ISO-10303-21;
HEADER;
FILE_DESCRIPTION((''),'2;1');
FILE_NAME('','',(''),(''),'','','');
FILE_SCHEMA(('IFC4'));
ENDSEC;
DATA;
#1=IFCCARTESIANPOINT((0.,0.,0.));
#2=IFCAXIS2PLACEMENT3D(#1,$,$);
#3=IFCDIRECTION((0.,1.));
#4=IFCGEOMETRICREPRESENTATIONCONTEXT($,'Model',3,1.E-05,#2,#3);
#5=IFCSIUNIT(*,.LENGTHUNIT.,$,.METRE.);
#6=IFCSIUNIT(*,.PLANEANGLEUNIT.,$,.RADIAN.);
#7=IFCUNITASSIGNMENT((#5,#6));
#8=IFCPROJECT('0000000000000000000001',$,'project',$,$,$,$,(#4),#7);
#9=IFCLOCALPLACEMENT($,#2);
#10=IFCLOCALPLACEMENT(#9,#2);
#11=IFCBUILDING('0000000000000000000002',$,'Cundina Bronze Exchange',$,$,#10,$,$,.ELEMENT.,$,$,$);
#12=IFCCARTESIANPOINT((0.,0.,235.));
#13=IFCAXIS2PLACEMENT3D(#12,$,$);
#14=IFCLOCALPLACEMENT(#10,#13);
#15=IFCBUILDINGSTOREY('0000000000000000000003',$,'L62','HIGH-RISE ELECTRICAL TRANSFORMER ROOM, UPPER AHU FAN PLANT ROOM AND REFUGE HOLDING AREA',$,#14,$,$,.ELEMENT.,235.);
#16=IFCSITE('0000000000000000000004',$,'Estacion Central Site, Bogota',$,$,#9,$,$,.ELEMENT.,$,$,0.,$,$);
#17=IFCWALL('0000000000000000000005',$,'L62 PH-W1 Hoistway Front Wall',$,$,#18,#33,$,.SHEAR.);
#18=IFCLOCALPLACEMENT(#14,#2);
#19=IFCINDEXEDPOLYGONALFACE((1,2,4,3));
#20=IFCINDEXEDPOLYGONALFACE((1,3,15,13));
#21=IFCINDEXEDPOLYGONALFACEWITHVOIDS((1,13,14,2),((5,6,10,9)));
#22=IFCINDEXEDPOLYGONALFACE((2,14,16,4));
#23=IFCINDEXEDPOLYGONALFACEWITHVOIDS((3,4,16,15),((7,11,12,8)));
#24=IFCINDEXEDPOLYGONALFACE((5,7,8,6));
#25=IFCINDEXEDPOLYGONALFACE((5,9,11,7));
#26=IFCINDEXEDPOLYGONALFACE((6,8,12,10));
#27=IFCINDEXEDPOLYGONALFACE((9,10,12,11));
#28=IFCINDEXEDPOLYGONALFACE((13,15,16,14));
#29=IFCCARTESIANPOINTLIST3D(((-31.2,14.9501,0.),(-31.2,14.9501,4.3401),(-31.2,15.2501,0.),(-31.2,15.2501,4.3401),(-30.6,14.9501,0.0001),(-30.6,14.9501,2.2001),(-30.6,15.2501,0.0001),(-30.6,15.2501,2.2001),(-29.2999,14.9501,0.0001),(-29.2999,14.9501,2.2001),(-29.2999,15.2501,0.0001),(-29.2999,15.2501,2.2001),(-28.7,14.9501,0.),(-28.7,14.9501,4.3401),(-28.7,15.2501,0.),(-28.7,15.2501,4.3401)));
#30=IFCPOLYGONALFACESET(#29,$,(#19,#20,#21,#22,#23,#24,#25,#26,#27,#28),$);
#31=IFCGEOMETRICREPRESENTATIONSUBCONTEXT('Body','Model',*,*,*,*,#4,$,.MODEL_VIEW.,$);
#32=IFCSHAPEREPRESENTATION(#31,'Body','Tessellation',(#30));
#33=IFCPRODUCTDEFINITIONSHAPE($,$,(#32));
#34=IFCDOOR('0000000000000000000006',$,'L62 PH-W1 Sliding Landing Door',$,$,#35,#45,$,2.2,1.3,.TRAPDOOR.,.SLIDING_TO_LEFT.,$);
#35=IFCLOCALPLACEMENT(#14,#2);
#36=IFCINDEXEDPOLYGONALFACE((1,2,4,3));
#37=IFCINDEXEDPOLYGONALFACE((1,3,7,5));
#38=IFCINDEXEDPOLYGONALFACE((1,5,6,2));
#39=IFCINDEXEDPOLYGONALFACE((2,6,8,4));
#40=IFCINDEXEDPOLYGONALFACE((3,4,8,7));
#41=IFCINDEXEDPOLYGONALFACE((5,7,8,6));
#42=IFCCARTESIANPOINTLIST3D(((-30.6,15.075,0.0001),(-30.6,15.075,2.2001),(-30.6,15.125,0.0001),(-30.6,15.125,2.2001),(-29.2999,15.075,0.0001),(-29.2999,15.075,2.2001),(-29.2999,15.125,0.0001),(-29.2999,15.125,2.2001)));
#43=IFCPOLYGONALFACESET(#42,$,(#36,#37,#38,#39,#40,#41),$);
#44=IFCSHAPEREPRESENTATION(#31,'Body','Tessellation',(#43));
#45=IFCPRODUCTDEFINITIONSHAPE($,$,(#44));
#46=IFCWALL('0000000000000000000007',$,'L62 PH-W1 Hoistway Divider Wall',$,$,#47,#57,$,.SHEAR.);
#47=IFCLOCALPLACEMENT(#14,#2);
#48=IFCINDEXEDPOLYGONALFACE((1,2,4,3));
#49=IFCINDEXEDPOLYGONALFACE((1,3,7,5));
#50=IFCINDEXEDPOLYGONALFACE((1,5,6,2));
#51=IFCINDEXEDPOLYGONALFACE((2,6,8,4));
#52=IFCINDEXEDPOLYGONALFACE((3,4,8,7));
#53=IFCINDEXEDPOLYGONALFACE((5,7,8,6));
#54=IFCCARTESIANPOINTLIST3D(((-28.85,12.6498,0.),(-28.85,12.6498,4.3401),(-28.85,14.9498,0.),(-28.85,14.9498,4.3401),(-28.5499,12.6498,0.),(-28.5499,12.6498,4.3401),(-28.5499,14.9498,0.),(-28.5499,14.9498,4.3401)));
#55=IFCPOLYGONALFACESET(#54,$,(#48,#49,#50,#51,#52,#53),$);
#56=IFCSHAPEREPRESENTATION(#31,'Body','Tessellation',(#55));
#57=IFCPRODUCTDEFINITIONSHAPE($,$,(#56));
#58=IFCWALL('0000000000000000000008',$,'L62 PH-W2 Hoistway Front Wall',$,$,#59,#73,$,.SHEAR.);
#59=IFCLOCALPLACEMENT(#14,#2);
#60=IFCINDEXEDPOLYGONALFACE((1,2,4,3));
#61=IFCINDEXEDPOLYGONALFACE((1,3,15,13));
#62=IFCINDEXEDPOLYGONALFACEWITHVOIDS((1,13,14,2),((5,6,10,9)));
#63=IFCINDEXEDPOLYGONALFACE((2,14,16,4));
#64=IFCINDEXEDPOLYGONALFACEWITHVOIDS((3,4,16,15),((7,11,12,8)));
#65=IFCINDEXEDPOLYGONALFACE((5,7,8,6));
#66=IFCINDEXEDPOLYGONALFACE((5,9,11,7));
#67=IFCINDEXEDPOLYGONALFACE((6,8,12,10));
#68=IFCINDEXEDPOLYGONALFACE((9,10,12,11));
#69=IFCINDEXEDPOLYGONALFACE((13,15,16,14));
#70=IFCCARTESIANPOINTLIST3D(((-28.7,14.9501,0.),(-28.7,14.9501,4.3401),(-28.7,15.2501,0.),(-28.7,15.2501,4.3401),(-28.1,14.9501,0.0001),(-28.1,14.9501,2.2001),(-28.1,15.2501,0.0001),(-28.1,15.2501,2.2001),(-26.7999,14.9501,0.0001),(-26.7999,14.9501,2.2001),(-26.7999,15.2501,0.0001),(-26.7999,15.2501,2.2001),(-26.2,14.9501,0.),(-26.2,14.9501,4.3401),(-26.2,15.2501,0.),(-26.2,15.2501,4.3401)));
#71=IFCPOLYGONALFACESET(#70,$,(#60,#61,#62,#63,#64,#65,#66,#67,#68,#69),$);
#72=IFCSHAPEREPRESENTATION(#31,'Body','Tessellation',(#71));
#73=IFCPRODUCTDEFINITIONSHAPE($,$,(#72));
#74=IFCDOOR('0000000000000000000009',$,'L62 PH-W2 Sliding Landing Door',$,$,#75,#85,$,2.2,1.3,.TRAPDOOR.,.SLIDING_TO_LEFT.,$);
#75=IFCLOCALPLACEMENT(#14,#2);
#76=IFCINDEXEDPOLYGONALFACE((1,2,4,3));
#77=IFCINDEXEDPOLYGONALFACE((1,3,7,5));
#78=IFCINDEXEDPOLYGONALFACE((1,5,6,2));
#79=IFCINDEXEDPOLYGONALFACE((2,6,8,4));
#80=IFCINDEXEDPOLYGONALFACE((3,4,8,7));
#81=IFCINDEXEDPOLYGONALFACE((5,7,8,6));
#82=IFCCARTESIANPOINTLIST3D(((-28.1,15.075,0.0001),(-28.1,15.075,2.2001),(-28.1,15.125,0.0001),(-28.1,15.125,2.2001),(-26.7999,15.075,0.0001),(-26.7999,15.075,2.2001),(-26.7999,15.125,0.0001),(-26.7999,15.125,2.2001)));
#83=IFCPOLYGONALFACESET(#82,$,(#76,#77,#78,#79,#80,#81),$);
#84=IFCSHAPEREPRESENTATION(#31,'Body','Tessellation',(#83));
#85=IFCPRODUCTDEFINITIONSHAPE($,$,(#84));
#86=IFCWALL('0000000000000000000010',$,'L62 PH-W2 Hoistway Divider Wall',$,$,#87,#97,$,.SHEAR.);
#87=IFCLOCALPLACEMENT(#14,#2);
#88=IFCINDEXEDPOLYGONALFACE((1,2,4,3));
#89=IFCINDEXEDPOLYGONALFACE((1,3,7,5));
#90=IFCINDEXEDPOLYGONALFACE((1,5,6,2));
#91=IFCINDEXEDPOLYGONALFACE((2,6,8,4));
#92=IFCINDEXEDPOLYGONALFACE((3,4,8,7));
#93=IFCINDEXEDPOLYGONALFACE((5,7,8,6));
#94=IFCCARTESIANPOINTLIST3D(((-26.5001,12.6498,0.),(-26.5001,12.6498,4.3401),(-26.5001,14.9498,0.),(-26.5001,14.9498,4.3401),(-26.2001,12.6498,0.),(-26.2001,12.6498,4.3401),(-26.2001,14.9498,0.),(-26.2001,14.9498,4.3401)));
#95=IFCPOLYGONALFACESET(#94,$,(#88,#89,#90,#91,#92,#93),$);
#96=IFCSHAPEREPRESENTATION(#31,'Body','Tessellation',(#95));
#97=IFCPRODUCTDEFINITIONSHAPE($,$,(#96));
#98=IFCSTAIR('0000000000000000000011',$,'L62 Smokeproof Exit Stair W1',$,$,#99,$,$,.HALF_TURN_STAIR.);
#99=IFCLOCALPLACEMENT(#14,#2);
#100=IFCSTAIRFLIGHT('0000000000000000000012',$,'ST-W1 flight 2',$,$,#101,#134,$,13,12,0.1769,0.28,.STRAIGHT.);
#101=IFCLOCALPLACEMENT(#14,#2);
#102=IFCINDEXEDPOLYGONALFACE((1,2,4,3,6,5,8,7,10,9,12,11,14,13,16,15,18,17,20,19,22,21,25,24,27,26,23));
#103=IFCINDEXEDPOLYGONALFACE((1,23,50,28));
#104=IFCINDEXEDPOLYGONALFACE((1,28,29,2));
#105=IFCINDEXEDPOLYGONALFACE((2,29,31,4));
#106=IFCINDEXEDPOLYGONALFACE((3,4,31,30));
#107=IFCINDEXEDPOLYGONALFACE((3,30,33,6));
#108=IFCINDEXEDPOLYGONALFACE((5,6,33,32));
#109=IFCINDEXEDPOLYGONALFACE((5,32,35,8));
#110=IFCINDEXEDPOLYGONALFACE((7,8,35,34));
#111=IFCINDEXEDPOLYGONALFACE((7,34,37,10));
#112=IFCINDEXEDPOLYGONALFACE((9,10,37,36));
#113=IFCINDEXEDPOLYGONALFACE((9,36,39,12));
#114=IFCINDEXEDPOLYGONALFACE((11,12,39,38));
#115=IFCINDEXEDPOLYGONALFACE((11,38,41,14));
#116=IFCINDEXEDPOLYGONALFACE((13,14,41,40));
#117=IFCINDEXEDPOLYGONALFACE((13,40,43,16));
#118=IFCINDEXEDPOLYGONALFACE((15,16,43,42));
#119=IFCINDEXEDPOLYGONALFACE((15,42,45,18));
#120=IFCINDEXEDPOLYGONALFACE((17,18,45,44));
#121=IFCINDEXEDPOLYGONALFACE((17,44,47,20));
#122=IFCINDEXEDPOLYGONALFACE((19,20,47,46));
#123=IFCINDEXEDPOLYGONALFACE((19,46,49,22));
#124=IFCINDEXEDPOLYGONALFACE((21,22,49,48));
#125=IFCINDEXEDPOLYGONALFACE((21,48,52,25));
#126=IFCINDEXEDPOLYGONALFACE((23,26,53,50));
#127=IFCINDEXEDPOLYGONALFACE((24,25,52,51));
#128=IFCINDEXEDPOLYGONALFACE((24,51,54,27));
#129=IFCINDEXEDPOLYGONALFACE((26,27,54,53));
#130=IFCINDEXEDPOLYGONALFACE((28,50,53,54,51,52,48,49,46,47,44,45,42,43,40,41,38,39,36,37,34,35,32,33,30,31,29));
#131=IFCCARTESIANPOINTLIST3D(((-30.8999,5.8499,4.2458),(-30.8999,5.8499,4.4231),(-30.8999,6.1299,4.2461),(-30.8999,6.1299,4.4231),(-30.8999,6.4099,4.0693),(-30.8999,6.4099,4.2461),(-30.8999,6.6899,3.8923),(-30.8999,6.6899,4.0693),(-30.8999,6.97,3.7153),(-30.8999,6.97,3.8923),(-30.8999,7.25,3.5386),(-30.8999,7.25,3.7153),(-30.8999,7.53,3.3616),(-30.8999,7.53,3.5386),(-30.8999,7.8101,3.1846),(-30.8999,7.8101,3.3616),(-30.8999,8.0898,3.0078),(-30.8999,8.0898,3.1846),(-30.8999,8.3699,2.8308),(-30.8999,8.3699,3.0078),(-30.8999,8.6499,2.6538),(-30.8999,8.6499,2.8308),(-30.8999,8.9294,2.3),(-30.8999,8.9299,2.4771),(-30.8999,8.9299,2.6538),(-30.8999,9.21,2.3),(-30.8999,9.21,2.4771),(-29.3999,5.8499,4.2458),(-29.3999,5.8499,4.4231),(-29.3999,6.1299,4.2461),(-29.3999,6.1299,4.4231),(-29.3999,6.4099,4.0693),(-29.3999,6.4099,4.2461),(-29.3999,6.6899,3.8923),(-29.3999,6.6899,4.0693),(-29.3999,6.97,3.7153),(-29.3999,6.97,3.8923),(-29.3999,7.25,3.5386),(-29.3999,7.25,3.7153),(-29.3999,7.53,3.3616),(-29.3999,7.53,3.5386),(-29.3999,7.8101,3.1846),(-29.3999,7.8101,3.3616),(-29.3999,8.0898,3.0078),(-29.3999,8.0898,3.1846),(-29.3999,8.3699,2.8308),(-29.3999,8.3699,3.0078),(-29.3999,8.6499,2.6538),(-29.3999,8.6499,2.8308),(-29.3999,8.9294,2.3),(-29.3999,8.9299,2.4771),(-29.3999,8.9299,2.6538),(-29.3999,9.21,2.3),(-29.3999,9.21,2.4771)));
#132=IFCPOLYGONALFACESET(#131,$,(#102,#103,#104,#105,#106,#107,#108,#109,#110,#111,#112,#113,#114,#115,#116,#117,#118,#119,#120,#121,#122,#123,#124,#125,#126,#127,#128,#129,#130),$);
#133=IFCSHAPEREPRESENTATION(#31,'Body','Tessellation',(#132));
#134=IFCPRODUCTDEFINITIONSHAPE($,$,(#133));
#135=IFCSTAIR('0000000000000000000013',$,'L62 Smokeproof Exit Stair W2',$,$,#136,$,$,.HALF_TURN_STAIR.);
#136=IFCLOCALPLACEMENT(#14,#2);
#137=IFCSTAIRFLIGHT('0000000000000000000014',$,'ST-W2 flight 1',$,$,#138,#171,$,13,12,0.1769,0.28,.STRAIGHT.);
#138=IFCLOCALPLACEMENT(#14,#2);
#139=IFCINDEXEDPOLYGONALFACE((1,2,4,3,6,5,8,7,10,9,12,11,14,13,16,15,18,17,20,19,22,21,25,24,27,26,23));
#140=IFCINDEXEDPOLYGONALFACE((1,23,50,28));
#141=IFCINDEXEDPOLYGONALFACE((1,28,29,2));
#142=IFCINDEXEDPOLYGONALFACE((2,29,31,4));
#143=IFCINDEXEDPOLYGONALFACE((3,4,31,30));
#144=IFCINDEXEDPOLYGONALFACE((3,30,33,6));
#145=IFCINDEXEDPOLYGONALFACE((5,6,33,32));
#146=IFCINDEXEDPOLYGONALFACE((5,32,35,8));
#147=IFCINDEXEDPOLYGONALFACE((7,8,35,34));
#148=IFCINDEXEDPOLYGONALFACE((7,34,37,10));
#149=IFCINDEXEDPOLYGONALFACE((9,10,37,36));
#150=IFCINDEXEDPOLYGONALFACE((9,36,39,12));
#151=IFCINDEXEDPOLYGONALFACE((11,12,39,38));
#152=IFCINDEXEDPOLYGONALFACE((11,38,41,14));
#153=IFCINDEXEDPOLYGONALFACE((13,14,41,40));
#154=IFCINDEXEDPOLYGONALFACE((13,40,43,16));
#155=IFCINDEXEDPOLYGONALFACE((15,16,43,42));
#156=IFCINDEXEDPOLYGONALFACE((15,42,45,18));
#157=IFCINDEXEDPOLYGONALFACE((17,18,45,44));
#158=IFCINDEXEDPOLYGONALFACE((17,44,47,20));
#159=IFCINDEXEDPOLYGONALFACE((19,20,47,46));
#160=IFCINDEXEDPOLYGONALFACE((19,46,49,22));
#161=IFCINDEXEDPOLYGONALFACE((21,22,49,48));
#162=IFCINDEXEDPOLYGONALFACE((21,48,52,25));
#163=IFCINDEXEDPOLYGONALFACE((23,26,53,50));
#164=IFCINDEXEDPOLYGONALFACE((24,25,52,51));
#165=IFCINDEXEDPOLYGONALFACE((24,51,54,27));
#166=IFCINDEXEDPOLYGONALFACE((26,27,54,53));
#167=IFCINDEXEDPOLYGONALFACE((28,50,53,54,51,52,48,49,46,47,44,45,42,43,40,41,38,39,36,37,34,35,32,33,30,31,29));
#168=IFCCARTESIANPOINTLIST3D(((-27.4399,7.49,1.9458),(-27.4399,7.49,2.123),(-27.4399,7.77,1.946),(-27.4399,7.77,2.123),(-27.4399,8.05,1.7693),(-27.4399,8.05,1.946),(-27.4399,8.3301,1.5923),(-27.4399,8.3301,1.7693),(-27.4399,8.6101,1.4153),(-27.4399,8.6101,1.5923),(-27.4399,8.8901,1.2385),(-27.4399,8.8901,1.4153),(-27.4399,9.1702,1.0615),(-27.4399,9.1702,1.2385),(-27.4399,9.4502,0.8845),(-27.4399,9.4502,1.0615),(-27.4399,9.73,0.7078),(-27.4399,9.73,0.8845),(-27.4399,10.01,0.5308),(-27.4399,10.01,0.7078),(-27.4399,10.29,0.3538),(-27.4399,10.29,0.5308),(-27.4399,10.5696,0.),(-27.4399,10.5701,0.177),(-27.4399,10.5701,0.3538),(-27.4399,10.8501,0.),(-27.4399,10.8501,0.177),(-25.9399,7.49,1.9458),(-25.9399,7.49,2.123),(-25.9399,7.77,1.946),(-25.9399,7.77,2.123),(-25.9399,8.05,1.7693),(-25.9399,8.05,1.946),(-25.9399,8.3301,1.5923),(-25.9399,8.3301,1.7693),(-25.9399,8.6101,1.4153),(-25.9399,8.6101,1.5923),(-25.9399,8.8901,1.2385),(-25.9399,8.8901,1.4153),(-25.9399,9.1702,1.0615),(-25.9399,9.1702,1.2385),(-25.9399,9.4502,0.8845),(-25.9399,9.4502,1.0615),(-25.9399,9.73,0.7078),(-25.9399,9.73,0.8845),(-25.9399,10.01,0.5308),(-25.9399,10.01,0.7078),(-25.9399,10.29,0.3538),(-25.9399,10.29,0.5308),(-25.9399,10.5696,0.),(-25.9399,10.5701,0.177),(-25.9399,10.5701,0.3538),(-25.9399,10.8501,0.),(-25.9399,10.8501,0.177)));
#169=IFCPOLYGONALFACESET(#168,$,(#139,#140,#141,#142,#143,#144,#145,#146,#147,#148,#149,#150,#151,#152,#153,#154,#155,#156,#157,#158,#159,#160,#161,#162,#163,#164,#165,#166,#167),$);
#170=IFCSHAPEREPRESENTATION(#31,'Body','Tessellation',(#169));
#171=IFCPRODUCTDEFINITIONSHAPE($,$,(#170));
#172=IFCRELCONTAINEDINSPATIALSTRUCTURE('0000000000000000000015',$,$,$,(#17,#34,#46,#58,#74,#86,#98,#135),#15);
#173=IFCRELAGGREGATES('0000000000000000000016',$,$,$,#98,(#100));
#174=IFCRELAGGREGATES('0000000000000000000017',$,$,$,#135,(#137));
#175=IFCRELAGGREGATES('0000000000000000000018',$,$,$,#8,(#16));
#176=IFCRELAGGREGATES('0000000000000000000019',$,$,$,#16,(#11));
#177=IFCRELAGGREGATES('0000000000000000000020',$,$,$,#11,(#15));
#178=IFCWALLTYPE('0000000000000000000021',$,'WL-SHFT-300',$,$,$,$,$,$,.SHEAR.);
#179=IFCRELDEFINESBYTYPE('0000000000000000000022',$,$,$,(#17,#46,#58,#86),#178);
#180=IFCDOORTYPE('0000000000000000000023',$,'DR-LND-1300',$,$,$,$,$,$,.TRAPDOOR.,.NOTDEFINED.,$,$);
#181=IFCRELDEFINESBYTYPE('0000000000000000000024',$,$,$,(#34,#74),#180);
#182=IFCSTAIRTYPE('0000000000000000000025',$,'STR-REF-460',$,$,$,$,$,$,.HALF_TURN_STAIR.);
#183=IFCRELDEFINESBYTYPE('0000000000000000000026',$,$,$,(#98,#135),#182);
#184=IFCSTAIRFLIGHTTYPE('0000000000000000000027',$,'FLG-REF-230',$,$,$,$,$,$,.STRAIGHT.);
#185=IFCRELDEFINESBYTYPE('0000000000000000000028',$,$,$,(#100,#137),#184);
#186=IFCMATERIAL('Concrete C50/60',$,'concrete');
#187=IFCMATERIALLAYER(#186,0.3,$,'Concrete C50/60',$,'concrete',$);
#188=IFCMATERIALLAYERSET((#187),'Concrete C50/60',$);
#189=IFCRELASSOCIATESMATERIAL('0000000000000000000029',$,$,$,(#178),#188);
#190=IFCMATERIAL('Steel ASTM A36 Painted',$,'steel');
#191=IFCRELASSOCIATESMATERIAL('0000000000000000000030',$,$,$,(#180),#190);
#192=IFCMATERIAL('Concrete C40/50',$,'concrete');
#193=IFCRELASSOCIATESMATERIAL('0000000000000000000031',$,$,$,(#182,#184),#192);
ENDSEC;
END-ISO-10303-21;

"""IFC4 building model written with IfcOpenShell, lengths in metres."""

from ifc_helpers import new_model, si_unit, direction, frame, frame_2d, origin, place, context, subcontext, project, spatial, polyline, rectangle, outline, extrude, material, layer, layer_set, type_object, element, fill, aggregate, save


model = new_model("IFC4")

# Units and contexts
model_context = context("Model", 3, precision=1e-05, world=origin(), true_north=direction((0.0, 1.0)))
body_context = subcontext(model_context, "Body", "Model", "MODEL_VIEW")
ifc_project = project(units=[si_unit("LENGTHUNIT", "METRE"), si_unit("PLANEANGLEUNIT", "RADIAN")], contexts=[model_context])

# Site, building, storey
site_placement = place(None, origin())
site = spatial("IfcSite", under=ifc_project, at=site_placement, Name="Estacion Central Site, Bogota", CompositionType="ELEMENT", RefElevation=0.0)
building_placement = place(site_placement, origin())
building = spatial("IfcBuilding", under=site, at=building_placement, Name="Cundina Bronze Exchange", CompositionType="ELEMENT")
storey_placement = place(building_placement, frame((0.0, 0.0, 235.0)))
storey = spatial("IfcBuildingStorey", under=building, at=storey_placement, Name="L62", Description="HIGH-RISE ELECTRICAL TRANSFORMER ROOM, UPPER AHU FAN PLANT ROOM AND REFUGE HOLDING AREA", CompositionType="ELEMENT", Elevation=235.0)

# Shared definitions
ifc_material_1 = material(Name="Concrete C50/60", Category="concrete")

# Shared definitions
ifc_layer_1 = layer(ifc_material_1, 0.3, Name="Concrete C50/60", Category="concrete")
ifc_layer_set_1 = layer_set([ifc_layer_1], Name="Concrete C50/60")
wall_type_1 = type_object("IfcWallType", Name="WL-SHFT-300", PredefinedType="SHEAR", material=ifc_layer_set_1)

# Shared definitions
ifc_material_2 = material(Name="Steel ASTM A36 Painted", Category="steel")

# Wall, opening, door
wall_1_placement = place(storey_placement, frame((-31.2, 15.1001, 0.0), z_axis=(0.0, 0.0, 1.0), x_axis=(1.0, 0.0, 0.0)))
wall_1 = element("IfcWall", 1, at=wall_1_placement, inside=storey, type_object=wall_type_1, Name="L62 PH-W1 Hoistway Front Wall", PredefinedType="SHEAR", context=body_context, shape_type="SweptSolid", body=[
    extrude(rectangle(XDim=2.5, YDim=0.3, at=frame_2d((1.25, 0.0))), origin(), (0.0, 0.0, 1.0), 4.3401),
])
opening_1_placement = place(wall_1_placement, frame((0.6001, 0.0, 0.0)))
opening_1 = element("IfcOpeningElement", 2, at=opening_1_placement, cuts=wall_1, PredefinedType="OPENING", context=body_context, shape_type="SweptSolid", body=[
    extrude(rectangle(XDim=1.3, YDim=2.2, at=frame_2d((0.6499, 1.1001))), frame((0.0, 0.1599, 0.0), z_axis=(0.0, -1.0, 0.0), x_axis=(1.0, 0.0, 0.0)), (0.0, 0.0, 1.0), 0.3201),
])
door_type_1 = type_object("IfcDoorType", Name="DR-LND-1300", OperationType="NOTDEFINED", PredefinedType="TRAPDOOR", material=ifc_material_2)
door_1_placement = place(opening_1_placement, origin())
door_1 = element("IfcDoor", 3, at=door_1_placement, inside=storey, type_object=door_type_1, Name="L62 PH-W1 Sliding Landing Door", OperationType="SLIDING_TO_LEFT", OverallHeight=2.2, OverallWidth=1.3, PredefinedType="TRAPDOOR", context=body_context, shape_type="SweptSolid", body=[
    extrude(rectangle(XDim=1.3, YDim=2.2, at=frame_2d((0.6499, 1.1001))), frame((0.0, 0.0249, 0.0), z_axis=(0.0, -1.0, 0.0), x_axis=(1.0, 0.0, 0.0)), (0.0, 0.0, 1.0), 0.05),
])
fill(opening_1, door_1)

# Wall
wall_2_placement = place(storey_placement, frame((-28.7, 12.6499, 0.0), z_axis=(0.0, 0.0, 1.0), x_axis=(0.0, 1.0, 0.0)))
element("IfcWall", 4, at=wall_2_placement, inside=storey, type_object=wall_type_1, Name="L62 PH-W1 Hoistway Divider Wall", PredefinedType="SHEAR", context=body_context, shape_type="SweptSolid", body=[
    extrude(rectangle(XDim=2.3, YDim=0.3, at=frame_2d((1.1499, 0.0))), origin(), (0.0, 0.0, 1.0), 4.3401),
])

# Wall, opening, door
wall_3_placement = place(storey_placement, frame((-28.7, 15.1001, 0.0), z_axis=(0.0, 0.0, 1.0), x_axis=(1.0, 0.0, 0.0)))
wall_3 = element("IfcWall", 5, at=wall_3_placement, inside=storey, type_object=wall_type_1, Name="L62 PH-W2 Hoistway Front Wall", PredefinedType="SHEAR", context=body_context, shape_type="SweptSolid", body=[
    extrude(rectangle(XDim=2.5, YDim=0.3, at=frame_2d((1.25, 0.0))), origin(), (0.0, 0.0, 1.0), 4.3401),
])
opening_2_placement = place(wall_3_placement, frame((0.6001, 0.0, 0.0)))
opening_2 = element("IfcOpeningElement", 6, at=opening_2_placement, cuts=wall_3, PredefinedType="OPENING", context=body_context, shape_type="SweptSolid", body=[
    extrude(rectangle(XDim=1.3, YDim=2.2, at=frame_2d((0.6499, 1.1001))), frame((0.0, 0.1599, 0.0), z_axis=(0.0, -1.0, 0.0), x_axis=(1.0, 0.0, 0.0)), (0.0, 0.0, 1.0), 0.3201),
])
door_2_placement = place(opening_2_placement, origin())
door_2 = element("IfcDoor", 7, at=door_2_placement, inside=storey, type_object=door_type_1, Name="L62 PH-W2 Sliding Landing Door", OperationType="SLIDING_TO_LEFT", OverallHeight=2.2, OverallWidth=1.3, PredefinedType="TRAPDOOR", context=body_context, shape_type="SweptSolid", body=[
    extrude(rectangle(XDim=1.3, YDim=2.2, at=frame_2d((0.6499, 1.1001))), frame((0.0, 0.0249, 0.0), z_axis=(0.0, -1.0, 0.0), x_axis=(1.0, 0.0, 0.0)), (0.0, 0.0, 1.0), 0.05),
])
fill(opening_2, door_2)

# Wall
wall_4_placement = place(storey_placement, frame((-26.3501, 12.6499, 0.0), z_axis=(0.0, 0.0, 1.0), x_axis=(0.0, 1.0, 0.0)))
element("IfcWall", 8, at=wall_4_placement, inside=storey, type_object=wall_type_1, Name="L62 PH-W2 Hoistway Divider Wall", PredefinedType="SHEAR", context=body_context, shape_type="SweptSolid", body=[
    extrude(rectangle(XDim=2.3, YDim=0.3, at=frame_2d((1.1499, 0.0))), origin(), (0.0, 0.0, 1.0), 4.3401),
])

# Stair, stair flight
ifc_material_3 = material(Name="Concrete C40/50", Category="concrete")
stair_type = type_object("IfcStairType", Name="STR-REF-460", PredefinedType="HALF_TURN_STAIR", material=ifc_material_3)
stair_1_placement = place(storey_placement, origin())
stair_1 = element("IfcStair", 9, at=stair_1_placement, inside=storey, type_object=stair_type, Name="L62 Smokeproof Exit Stair W1", PredefinedType="HALF_TURN_STAIR")
stair_flight_type = type_object("IfcStairFlightType", Name="FLG-REF-230", PredefinedType="STRAIGHT", material=ifc_material_3)
stair_flight_1_placement = place(storey_placement, frame((-30.1499, 9.21, 2.3), z_axis=(0.0, 0.0, 1.0), x_axis=(0.0, -1.0, 0.0)))
stair_flight_1 = element("IfcStairFlight", 10, at=stair_flight_1_placement, type_object=stair_flight_type, Name="ST-W1 flight 2", NumberOfRisers=13, NumberOfTreads=12, PredefinedType="STRAIGHT", RiserHeight=0.1769, TreadLength=0.28, context=body_context, shape_type="SweptSolid", body=[
    extrude(outline(polyline([(0.0, 0.0), (0.0, 0.177), (0.28, 0.177), (0.28, 0.3538), (0.5601, 0.3538), (0.5601, 0.5308), (0.8401, 0.5308), (0.8401, 0.7078), (1.1201, 0.7078), (1.1201, 0.8845), (1.3999, 0.8845), (1.3999, 1.0615), (1.6799, 1.0615), (1.6799, 1.2385), (1.96, 1.2385), (1.96, 1.4153), (2.24, 1.4153), (2.24, 1.5923), (2.52, 1.5923), (2.52, 1.7693), (2.8, 1.7693), (2.8, 1.946), (3.0801, 1.946), (3.0801, 2.123), (3.3601, 2.123), (3.3601, 2.3), (3.3601, 1.9458), (0.2805, 0.0), (0.0, 0.0)])), frame((0.0, 0.75, 0.0), z_axis=(0.0, -1.0, 0.0), x_axis=(1.0, 0.0, 0.0)), (0.0, 0.0, 1.0), 1.5),
])
aggregate(stair_1, [stair_flight_1])

# Stair, stair flight
stair_2_placement = place(storey_placement, origin())
stair_2 = element("IfcStair", 11, at=stair_2_placement, inside=storey, type_object=stair_type, Name="L62 Smokeproof Exit Stair W2", PredefinedType="HALF_TURN_STAIR")
stair_flight_2_placement = place(storey_placement, frame((-26.6899, 10.8501, 0.0), z_axis=(0.0, 0.0, 1.0), x_axis=(0.0, -1.0, 0.0)))
stair_flight_2 = element("IfcStairFlight", 12, at=stair_flight_2_placement, type_object=stair_flight_type, Name="ST-W2 flight 1", NumberOfRisers=13, NumberOfTreads=12, PredefinedType="STRAIGHT", RiserHeight=0.1769, TreadLength=0.28, context=body_context, shape_type="SweptSolid", body=[
    extrude(outline(polyline([(0.0, 0.0), (0.0, 0.177), (0.28, 0.177), (0.28, 0.3538), (0.5601, 0.3538), (0.5601, 0.5308), (0.8401, 0.5308), (0.8401, 0.7078), (1.1201, 0.7078), (1.1201, 0.8845), (1.3999, 0.8845), (1.3999, 1.0615), (1.6799, 1.0615), (1.6799, 1.2385), (1.96, 1.2385), (1.96, 1.4153), (2.24, 1.4153), (2.24, 1.5923), (2.52, 1.5923), (2.52, 1.7693), (2.8, 1.7693), (2.8, 1.946), (3.0801, 1.946), (3.0801, 2.123), (3.3601, 2.123), (3.3601, 2.3), (3.3601, 1.9458), (0.2805, 0.0), (0.0, 0.0)])), frame((0.0, 0.75, 0.0), z_axis=(0.0, -1.0, 0.0), x_axis=(1.0, 0.0, 0.0)), (0.0, 0.0, 1.0), 1.5),
])
aggregate(stair_2, [stair_flight_2])

save(model, "model.ifc")
